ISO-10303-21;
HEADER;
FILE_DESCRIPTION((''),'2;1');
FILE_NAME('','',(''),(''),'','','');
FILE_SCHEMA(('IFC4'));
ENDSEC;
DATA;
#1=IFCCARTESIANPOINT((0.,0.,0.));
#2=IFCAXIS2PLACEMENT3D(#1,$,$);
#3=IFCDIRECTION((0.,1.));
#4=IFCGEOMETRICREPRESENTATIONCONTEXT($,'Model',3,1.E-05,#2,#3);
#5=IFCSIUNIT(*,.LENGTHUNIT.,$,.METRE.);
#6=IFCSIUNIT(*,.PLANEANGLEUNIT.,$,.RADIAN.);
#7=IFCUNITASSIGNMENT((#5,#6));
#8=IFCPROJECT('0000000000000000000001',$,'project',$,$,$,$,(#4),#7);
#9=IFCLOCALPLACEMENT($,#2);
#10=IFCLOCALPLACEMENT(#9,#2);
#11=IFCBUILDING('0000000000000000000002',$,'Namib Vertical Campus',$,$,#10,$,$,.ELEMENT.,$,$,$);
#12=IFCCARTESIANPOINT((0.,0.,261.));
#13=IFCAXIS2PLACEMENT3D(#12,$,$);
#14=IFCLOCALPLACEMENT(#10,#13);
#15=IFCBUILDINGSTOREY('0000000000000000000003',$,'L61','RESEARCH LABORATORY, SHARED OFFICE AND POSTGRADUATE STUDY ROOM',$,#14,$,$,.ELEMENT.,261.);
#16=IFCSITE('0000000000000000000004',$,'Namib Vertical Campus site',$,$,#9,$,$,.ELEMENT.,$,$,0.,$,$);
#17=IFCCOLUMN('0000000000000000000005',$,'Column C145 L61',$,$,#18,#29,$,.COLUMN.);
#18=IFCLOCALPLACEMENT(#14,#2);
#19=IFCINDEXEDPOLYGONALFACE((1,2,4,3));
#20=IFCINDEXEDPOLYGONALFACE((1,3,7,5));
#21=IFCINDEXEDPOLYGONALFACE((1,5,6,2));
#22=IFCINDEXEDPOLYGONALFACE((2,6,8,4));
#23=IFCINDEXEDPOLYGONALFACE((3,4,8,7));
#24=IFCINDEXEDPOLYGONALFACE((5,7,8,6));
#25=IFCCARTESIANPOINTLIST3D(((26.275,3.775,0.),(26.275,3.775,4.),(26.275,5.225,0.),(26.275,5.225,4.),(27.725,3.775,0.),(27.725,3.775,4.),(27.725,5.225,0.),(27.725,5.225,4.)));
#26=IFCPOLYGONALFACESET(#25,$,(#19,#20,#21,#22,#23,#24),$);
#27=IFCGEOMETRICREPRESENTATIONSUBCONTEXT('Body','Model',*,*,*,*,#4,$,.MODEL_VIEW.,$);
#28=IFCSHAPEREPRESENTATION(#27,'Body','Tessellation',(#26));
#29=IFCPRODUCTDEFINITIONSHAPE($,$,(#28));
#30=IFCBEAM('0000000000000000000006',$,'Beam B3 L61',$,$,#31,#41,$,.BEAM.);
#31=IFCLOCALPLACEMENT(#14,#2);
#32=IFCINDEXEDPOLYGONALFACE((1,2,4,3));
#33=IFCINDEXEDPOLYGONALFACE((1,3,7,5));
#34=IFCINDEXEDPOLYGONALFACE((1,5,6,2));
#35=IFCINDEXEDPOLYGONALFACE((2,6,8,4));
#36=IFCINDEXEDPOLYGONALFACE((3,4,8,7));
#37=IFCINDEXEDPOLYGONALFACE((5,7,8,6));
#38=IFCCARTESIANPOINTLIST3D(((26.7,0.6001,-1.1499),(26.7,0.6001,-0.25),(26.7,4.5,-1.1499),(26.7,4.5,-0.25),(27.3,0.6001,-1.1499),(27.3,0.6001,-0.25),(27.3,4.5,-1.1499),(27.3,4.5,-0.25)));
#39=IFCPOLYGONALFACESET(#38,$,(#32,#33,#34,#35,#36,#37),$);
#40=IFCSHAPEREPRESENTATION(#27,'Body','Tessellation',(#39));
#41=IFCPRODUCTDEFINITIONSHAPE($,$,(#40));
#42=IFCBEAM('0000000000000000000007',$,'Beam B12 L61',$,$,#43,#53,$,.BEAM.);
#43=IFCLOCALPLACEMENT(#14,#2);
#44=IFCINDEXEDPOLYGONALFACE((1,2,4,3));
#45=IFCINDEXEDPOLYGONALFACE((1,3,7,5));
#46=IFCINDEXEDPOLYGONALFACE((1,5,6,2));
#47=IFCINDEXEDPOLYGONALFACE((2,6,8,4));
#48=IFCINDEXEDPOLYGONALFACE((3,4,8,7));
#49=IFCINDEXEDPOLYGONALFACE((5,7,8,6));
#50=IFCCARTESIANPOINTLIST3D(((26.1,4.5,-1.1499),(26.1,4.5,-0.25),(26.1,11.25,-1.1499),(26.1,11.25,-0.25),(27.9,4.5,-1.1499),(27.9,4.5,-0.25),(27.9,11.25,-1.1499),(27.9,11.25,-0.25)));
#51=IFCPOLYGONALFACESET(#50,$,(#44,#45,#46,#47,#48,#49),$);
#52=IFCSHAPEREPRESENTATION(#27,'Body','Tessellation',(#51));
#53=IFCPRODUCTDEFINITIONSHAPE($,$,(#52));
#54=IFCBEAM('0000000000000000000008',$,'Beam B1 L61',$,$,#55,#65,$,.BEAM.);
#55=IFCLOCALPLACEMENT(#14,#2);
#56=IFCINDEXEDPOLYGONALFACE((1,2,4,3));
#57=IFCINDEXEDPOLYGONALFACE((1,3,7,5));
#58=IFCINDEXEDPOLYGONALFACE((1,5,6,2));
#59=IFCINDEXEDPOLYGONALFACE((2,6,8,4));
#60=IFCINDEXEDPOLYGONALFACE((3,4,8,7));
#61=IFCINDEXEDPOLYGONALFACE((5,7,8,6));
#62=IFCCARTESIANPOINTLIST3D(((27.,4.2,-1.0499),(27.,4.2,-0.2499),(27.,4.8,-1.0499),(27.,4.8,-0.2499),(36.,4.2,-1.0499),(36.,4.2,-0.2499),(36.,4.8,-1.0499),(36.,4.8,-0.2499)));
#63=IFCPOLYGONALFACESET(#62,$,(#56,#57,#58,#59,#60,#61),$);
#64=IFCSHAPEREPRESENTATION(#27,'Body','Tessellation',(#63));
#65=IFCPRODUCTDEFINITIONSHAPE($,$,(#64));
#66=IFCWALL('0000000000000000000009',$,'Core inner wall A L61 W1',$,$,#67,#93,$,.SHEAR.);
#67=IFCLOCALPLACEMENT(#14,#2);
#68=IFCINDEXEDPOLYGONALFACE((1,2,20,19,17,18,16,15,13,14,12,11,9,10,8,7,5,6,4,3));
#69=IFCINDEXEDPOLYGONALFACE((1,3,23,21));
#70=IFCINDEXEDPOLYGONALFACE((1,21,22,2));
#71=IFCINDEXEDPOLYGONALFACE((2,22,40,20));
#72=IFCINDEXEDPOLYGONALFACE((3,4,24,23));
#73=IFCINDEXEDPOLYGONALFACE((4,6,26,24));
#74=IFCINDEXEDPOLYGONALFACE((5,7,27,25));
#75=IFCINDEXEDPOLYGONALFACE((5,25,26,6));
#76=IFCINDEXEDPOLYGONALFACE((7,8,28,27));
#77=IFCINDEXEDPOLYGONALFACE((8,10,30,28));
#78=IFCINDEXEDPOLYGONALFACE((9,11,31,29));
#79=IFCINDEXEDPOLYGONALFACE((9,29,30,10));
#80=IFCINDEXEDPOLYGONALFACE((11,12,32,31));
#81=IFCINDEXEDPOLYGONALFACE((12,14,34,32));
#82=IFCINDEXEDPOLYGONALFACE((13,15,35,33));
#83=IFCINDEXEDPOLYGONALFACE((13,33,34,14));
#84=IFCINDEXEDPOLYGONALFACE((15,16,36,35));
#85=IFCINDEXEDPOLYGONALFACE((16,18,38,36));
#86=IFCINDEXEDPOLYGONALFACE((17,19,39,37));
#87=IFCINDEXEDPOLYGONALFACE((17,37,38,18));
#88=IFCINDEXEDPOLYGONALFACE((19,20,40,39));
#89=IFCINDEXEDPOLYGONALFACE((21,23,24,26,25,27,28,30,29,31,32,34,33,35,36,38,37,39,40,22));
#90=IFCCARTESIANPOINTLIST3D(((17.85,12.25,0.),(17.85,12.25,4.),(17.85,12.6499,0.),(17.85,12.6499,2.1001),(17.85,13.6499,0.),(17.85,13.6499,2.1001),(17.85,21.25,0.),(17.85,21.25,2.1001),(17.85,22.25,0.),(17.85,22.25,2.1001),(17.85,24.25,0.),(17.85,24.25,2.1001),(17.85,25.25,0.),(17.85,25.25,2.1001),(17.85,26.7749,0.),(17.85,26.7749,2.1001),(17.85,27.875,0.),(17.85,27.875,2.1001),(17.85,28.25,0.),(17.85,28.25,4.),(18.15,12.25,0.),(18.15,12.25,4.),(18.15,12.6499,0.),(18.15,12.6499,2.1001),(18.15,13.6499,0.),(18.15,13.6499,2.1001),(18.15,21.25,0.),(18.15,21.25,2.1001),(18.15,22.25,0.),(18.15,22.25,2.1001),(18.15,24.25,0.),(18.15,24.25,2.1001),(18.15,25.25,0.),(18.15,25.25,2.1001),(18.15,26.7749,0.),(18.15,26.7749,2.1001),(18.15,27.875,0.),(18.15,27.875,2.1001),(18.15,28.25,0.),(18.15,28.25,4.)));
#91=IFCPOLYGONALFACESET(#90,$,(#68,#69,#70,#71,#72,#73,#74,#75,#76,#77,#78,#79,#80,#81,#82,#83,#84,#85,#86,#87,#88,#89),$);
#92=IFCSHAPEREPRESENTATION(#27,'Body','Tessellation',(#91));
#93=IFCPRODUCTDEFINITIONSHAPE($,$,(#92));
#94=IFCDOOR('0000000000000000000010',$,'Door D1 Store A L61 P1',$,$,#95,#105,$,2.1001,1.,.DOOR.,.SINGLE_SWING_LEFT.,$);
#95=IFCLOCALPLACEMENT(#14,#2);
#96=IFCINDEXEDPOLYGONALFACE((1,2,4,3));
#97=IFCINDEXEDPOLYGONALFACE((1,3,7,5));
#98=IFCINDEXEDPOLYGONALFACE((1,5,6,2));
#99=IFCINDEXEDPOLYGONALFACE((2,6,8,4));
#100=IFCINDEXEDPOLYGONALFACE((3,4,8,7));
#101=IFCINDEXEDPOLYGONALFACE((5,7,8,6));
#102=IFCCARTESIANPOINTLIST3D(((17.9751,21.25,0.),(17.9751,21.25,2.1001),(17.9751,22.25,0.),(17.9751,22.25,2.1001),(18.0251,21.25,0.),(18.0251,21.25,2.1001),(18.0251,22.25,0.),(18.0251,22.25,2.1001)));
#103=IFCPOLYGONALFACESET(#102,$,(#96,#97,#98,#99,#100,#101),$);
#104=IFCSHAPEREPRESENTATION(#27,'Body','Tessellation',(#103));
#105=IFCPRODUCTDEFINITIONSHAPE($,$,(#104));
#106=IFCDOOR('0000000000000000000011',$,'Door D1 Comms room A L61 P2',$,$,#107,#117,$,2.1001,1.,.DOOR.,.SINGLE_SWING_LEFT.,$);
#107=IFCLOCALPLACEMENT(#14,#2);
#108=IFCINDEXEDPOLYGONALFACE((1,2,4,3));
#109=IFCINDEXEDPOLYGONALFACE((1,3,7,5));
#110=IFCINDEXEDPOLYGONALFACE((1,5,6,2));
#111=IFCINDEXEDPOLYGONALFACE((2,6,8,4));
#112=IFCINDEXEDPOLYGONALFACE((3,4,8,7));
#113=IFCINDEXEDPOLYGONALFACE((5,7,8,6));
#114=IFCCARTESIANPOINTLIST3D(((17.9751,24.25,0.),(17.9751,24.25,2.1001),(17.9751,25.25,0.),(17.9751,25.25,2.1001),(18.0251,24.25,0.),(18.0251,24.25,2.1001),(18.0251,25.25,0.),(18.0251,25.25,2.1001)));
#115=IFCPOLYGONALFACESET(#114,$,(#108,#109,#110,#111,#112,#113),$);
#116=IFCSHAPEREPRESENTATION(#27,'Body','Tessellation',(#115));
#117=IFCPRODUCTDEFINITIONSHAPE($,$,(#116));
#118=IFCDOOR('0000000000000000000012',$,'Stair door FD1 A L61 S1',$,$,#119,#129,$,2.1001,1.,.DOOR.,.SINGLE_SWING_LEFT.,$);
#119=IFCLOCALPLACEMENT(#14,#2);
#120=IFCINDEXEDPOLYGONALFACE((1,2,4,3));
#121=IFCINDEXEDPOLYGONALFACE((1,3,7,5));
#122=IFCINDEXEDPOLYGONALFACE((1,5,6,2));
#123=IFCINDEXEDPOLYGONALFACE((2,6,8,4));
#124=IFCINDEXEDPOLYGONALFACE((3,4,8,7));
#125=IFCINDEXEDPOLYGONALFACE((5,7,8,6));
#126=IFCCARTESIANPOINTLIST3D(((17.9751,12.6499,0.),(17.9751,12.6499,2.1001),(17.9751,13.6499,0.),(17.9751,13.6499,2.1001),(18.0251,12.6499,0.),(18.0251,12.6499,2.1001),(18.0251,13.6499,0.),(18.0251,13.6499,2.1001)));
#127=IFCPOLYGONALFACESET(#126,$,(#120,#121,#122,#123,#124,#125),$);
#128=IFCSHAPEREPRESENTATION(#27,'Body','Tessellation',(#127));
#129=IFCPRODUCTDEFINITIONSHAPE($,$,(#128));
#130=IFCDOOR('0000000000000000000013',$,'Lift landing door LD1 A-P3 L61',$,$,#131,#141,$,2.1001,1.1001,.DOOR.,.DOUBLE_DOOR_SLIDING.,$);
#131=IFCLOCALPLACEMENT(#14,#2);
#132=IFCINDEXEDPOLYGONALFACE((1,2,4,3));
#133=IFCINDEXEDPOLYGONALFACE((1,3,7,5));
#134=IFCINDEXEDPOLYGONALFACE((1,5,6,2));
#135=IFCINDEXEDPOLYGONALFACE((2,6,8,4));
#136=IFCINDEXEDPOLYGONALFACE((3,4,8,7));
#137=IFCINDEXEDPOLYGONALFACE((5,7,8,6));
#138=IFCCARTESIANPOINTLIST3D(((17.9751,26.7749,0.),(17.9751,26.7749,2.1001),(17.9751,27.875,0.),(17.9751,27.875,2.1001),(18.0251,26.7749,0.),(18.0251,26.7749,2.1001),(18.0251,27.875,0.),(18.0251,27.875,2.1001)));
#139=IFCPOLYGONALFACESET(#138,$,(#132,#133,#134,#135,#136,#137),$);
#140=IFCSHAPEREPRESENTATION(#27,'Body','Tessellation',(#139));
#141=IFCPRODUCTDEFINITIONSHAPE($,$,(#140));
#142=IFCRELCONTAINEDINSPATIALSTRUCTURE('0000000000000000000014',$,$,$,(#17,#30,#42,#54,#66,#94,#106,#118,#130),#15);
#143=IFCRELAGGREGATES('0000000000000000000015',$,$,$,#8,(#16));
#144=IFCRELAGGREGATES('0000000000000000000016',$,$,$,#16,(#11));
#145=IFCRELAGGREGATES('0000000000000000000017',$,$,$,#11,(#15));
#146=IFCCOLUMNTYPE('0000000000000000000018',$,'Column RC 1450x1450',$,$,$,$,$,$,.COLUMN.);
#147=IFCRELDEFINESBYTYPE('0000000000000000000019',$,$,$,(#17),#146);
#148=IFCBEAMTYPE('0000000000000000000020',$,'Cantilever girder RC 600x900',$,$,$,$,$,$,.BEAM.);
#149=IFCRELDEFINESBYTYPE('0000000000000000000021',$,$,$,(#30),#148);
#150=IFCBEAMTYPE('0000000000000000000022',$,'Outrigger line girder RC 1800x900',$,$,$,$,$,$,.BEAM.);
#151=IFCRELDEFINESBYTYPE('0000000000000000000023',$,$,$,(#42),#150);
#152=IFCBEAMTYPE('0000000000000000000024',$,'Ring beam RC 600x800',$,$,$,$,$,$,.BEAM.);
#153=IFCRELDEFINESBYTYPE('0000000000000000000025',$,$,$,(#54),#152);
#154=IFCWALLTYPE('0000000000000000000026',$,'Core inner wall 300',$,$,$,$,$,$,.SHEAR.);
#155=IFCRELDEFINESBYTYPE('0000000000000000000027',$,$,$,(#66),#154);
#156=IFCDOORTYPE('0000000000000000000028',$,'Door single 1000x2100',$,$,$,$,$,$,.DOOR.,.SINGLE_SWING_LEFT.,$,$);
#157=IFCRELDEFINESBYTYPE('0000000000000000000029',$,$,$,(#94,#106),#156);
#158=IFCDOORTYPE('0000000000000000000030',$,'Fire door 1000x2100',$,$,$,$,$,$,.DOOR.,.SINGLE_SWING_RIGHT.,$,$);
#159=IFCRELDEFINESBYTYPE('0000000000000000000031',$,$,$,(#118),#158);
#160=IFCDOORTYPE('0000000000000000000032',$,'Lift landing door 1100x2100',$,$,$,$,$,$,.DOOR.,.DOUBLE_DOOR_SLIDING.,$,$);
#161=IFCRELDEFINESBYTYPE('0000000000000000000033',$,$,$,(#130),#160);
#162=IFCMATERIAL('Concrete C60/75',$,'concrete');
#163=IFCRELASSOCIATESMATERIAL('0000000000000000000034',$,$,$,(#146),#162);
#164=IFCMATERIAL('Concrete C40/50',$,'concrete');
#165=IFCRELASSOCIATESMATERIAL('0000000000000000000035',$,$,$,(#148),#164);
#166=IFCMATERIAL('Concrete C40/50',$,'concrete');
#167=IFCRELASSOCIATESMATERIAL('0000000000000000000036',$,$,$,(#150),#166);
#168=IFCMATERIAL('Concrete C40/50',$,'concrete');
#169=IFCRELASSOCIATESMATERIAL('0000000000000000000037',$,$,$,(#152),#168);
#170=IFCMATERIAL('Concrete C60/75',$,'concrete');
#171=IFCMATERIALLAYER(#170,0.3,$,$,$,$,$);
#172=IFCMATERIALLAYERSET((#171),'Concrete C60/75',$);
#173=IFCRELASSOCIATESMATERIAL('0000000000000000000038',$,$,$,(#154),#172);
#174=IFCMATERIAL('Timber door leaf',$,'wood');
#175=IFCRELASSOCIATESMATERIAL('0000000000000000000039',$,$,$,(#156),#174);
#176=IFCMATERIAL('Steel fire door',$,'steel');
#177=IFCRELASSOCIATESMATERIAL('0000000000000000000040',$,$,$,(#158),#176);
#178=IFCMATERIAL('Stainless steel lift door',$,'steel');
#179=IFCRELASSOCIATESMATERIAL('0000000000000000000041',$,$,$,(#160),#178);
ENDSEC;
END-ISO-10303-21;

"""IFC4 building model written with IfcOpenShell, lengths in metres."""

from ifc_helpers import new_model, si_unit, direction, frame, frame_2d, origin, origin_2d, place, context, subcontext, project, spatial, rectangle, extrude, material, layer, layer_set, material_profile, profile_set, type_object, element, fill, save


model = new_model("IFC4")

# Units and contexts
model_context = context("Model", 3, precision=1e-05, world=origin(), true_north=direction((0.0, 1.0)))
body_context = subcontext(model_context, "Body", "Model", "MODEL_VIEW")
ifc_project = project(units=[si_unit("LENGTHUNIT", "METRE"), si_unit("PLANEANGLEUNIT", "RADIAN")], contexts=[model_context])

# Site, building, storey
site_placement = place(None, origin())
site = spatial("IfcSite", under=ifc_project, at=site_placement, Name="Namib Vertical Campus site", CompositionType="ELEMENT", RefElevation=0.0)
building_placement = place(site_placement, origin())
building = spatial("IfcBuilding", under=site, at=building_placement, Name="Namib Vertical Campus", CompositionType="ELEMENT")
storey_placement = place(building_placement, frame((0.0, 0.0, 261.0)))
storey = spatial("IfcBuildingStorey", under=building, at=storey_placement, Name="L61", Description="RESEARCH LABORATORY, SHARED OFFICE AND POSTGRADUATE STUDY ROOM", CompositionType="ELEMENT", Elevation=261.0)

# Column
ifc_material_1 = material(Name="Concrete C60/75", Category="concrete")
ifc_material_profile_1 = material_profile(ifc_material_1, rectangle(XDim=1.45, YDim=1.45, at=origin_2d()))
ifc_profile_set_1 = profile_set([ifc_material_profile_1], Name="Concrete C60/75")
column_type = type_object("IfcColumnType", Name="Column RC 1450x1450", PredefinedType="COLUMN", material=ifc_profile_set_1)
column_placement = place(storey_placement, frame((27.0, 4.5, 0.0), z_axis=(0.0, 0.0, 1.0), x_axis=(1.0, 0.0, 0.0)))
element("IfcColumn", 1, at=column_placement, inside=storey, type_object=column_type, Name="Column C145 L61", PredefinedType="COLUMN", context=body_context, shape_type="SweptSolid", body=[
    extrude(rectangle(XDim=1.45, YDim=1.45, at=origin_2d()), origin(), (0.0, 0.0, 1.0), 4.0),
])

# Beams
ifc_material_2 = material(Name="Concrete C40/50", Category="concrete")
ifc_material_profile_2 = material_profile(ifc_material_2, rectangle(XDim=0.6001, YDim=0.8999, at=origin_2d()))
ifc_profile_set_2 = profile_set([ifc_material_profile_2], Name="Concrete C40/50")
beam_type_1 = type_object("IfcBeamType", Name="Cantilever girder RC 600x900", PredefinedType="BEAM", material=ifc_profile_set_2)
beam_1_placement = place(storey_placement, frame((27.0, 4.5, -0.7), z_axis=(0.0, -1.0, 0.0), x_axis=(1.0, 0.0, 0.0)))
element("IfcBeam", 2, at=beam_1_placement, inside=storey, type_object=beam_type_1, Name="Beam B3 L61", PredefinedType="BEAM", context=body_context, shape_type="SweptSolid", body=[
    extrude(rectangle(XDim=0.6001, YDim=0.8999, at=origin_2d()), origin(), (0.0, 0.0, 1.0), 3.8999),
])
ifc_material_3 = material(Name="Concrete C40/50", Category="concrete")
ifc_material_profile_3 = material_profile(ifc_material_3, rectangle(XDim=1.8, YDim=0.8999, at=origin_2d()))
ifc_profile_set_3 = profile_set([ifc_material_profile_3], Name="Concrete C40/50")
beam_type_2 = type_object("IfcBeamType", Name="Outrigger line girder RC 1800x900", PredefinedType="BEAM", material=ifc_profile_set_3)
beam_2_placement = place(storey_placement, frame((27.0, 4.5, -0.7), z_axis=(0.0, 1.0, 0.0), x_axis=(-1.0, 0.0, 0.0)))
element("IfcBeam", 3, at=beam_2_placement, inside=storey, type_object=beam_type_2, Name="Beam B12 L61", PredefinedType="BEAM", context=body_context, shape_type="SweptSolid", body=[
    extrude(rectangle(XDim=1.8, YDim=0.8999, at=origin_2d()), origin(), (0.0, 0.0, 1.0), 6.75),
])
ifc_material_4 = material(Name="Concrete C40/50", Category="concrete")
ifc_material_profile_4 = material_profile(ifc_material_4, rectangle(XDim=0.6001, YDim=0.8, at=origin_2d()))
ifc_profile_set_4 = profile_set([ifc_material_profile_4], Name="Concrete C40/50")
beam_type_3 = type_object("IfcBeamType", Name="Ring beam RC 600x800", PredefinedType="BEAM", material=ifc_profile_set_4)
beam_3_placement = place(storey_placement, frame((27.0, 4.5, -0.6499), z_axis=(1.0, 0.0, 0.0), x_axis=(0.0, 1.0, 0.0)))
element("IfcBeam", 4, at=beam_3_placement, inside=storey, type_object=beam_type_3, Name="Beam B1 L61", PredefinedType="BEAM", context=body_context, shape_type="SweptSolid", body=[
    extrude(rectangle(XDim=0.6001, YDim=0.8, at=origin_2d()), origin(), (0.0, 0.0, 1.0), 9.0),
])

# Wall, openings, doors
ifc_material_5 = material(Name="Concrete C60/75", Category="concrete")
ifc_layer_1 = layer(ifc_material_5, 0.3)
ifc_layer_set_1 = layer_set([ifc_layer_1], Name="Concrete C60/75")
wall_type_1 = type_object("IfcWallType", Name="Core inner wall 300", PredefinedType="SHEAR", material=ifc_layer_set_1)
wall_1_placement = place(storey_placement, frame((18.0, 12.25, 0.0), z_axis=(0.0, 0.0, 1.0), x_axis=(0.0, 1.0, 0.0)))
wall_1 = element("IfcWall", 5, at=wall_1_placement, inside=storey, type_object=wall_type_1, Name="Core inner wall A L61 W1", PredefinedType="SHEAR", context=body_context, shape_type="SweptSolid", body=[
    extrude(rectangle(XDim=16.0, YDim=0.3, at=frame_2d((8.0, 0.0))), origin(), (0.0, 0.0, 1.0), 4.0),
])
opening_1_placement = place(wall_1_placement, frame((0.3999, 0.0, 0.0)))
opening_1 = element("IfcOpeningElement", 6, at=opening_1_placement, cuts=wall_1, PredefinedType="OPENING", context=body_context, shape_type="SweptSolid", body=[
    extrude(rectangle(XDim=1.0, YDim=2.1001, at=frame_2d((0.5, 1.05))), frame((0.0, 0.1599, 0.0), z_axis=(0.0, -1.0, 0.0), x_axis=(1.0, 0.0, 0.0)), (0.0, 0.0, 1.0), 0.3201),
])
opening_2_placement = place(wall_1_placement, frame((14.5249, 0.0, 0.0)))
opening_2 = element("IfcOpeningElement", 7, at=opening_2_placement, cuts=wall_1, PredefinedType="OPENING", context=body_context, shape_type="SweptSolid", body=[
    extrude(rectangle(XDim=1.1001, YDim=2.1001, at=frame_2d((0.55, 1.05))), frame((0.0, 0.1599, 0.0), z_axis=(0.0, -1.0, 0.0), x_axis=(1.0, 0.0, 0.0)), (0.0, 0.0, 1.0), 0.3201),
])
opening_3_placement = place(wall_1_placement, frame((9.0, 0.0, 0.0)))
opening_3 = element("IfcOpeningElement", 8, at=opening_3_placement, cuts=wall_1, PredefinedType="OPENING", context=body_context, shape_type="SweptSolid", body=[
    extrude(rectangle(XDim=1.0, YDim=2.1001, at=frame_2d((0.5, 1.05))), frame((0.0, 0.1599, 0.0), z_axis=(0.0, -1.0, 0.0), x_axis=(1.0, 0.0, 0.0)), (0.0, 0.0, 1.0), 0.3201),
])
opening_4_placement = place(wall_1_placement, frame((12.0, 0.0, 0.0)))
opening_4 = element("IfcOpeningElement", 9, at=opening_4_placement, cuts=wall_1, PredefinedType="OPENING", context=body_context, shape_type="SweptSolid", body=[
    extrude(rectangle(XDim=1.0, YDim=2.1001, at=frame_2d((0.5, 1.05))), frame((0.0, 0.1599, 0.0), z_axis=(0.0, -1.0, 0.0), x_axis=(1.0, 0.0, 0.0)), (0.0, 0.0, 1.0), 0.3201),
])
ifc_material_6 = material(Name="Timber door leaf", Category="wood")
door_type_1 = type_object("IfcDoorType", Name="Door single 1000x2100", OperationType="SINGLE_SWING_LEFT", PredefinedType="DOOR", material=ifc_material_6)
door_1_placement = place(opening_3_placement, origin())
door_1 = element("IfcDoor", 10, at=door_1_placement, inside=storey, type_object=door_type_1, Name="Door D1 Store A L61 P1", OperationType="SINGLE_SWING_LEFT", OverallHeight=2.1001, OverallWidth=1.0, PredefinedType="DOOR", context=body_context, shape_type="SweptSolid", body=[
    extrude(rectangle(XDim=1.0, YDim=2.1001, at=frame_2d((0.5, 1.05))), frame((0.0, 0.0249, 0.0), z_axis=(0.0, -1.0, 0.0), x_axis=(1.0, 0.0, 0.0)), (0.0, 0.0, 1.0), 0.05),
])
fill(opening_3, door_1)
door_2_placement = place(opening_4_placement, origin())
door_2 = element("IfcDoor", 11, at=door_2_placement, inside=storey, type_object=door_type_1, Name="Door D1 Comms room A L61 P2", OperationType="SINGLE_SWING_LEFT", OverallHeight=2.1001, OverallWidth=1.0, PredefinedType="DOOR", context=body_context, shape_type="SweptSolid", body=[
    extrude(rectangle(XDim=1.0, YDim=2.1001, at=frame_2d((0.5, 1.05))), frame((0.0, 0.0249, 0.0), z_axis=(0.0, -1.0, 0.0), x_axis=(1.0, 0.0, 0.0)), (0.0, 0.0, 1.0), 0.05),
])
fill(opening_4, door_2)
ifc_material_7 = material(Name="Steel fire door", Category="steel")
door_type_2 = type_object("IfcDoorType", Name="Fire door 1000x2100", OperationType="SINGLE_SWING_RIGHT", PredefinedType="DOOR", material=ifc_material_7)
door_3_placement = place(opening_1_placement, origin())
door_3 = element("IfcDoor", 12, at=door_3_placement, inside=storey, type_object=door_type_2, Name="Stair door FD1 A L61 S1", OperationType="SINGLE_SWING_LEFT", OverallHeight=2.1001, OverallWidth=1.0, PredefinedType="DOOR", context=body_context, shape_type="SweptSolid", body=[
    extrude(rectangle(XDim=1.0, YDim=2.1001, at=frame_2d((0.5, 1.05))), frame((0.0, 0.0249, 0.0), z_axis=(0.0, -1.0, 0.0), x_axis=(1.0, 0.0, 0.0)), (0.0, 0.0, 1.0), 0.05),
])
fill(opening_1, door_3)
ifc_material_8 = material(Name="Stainless steel lift door", Category="steel")
door_type_3 = type_object("IfcDoorType", Name="Lift landing door 1100x2100", OperationType="DOUBLE_DOOR_SLIDING", PredefinedType="DOOR", material=ifc_material_8)
door_4_placement = place(opening_2_placement, origin())
door_4 = element("IfcDoor", 13, at=door_4_placement, inside=storey, type_object=door_type_3, Name="Lift landing door LD1 A-P3 L61", OperationType="DOUBLE_DOOR_SLIDING", OverallHeight=2.1001, OverallWidth=1.1001, PredefinedType="DOOR", context=body_context, shape_type="SweptSolid", body=[
    extrude(rectangle(XDim=1.1001, YDim=2.1001, at=frame_2d((0.55, 1.05))), frame((0.0, 0.0249, 0.0), z_axis=(0.0, -1.0, 0.0), x_axis=(1.0, 0.0, 0.0)), (0.0, 0.0, 1.0), 0.05),
])
fill(opening_2, door_4)

save(model, "model.ifc")
